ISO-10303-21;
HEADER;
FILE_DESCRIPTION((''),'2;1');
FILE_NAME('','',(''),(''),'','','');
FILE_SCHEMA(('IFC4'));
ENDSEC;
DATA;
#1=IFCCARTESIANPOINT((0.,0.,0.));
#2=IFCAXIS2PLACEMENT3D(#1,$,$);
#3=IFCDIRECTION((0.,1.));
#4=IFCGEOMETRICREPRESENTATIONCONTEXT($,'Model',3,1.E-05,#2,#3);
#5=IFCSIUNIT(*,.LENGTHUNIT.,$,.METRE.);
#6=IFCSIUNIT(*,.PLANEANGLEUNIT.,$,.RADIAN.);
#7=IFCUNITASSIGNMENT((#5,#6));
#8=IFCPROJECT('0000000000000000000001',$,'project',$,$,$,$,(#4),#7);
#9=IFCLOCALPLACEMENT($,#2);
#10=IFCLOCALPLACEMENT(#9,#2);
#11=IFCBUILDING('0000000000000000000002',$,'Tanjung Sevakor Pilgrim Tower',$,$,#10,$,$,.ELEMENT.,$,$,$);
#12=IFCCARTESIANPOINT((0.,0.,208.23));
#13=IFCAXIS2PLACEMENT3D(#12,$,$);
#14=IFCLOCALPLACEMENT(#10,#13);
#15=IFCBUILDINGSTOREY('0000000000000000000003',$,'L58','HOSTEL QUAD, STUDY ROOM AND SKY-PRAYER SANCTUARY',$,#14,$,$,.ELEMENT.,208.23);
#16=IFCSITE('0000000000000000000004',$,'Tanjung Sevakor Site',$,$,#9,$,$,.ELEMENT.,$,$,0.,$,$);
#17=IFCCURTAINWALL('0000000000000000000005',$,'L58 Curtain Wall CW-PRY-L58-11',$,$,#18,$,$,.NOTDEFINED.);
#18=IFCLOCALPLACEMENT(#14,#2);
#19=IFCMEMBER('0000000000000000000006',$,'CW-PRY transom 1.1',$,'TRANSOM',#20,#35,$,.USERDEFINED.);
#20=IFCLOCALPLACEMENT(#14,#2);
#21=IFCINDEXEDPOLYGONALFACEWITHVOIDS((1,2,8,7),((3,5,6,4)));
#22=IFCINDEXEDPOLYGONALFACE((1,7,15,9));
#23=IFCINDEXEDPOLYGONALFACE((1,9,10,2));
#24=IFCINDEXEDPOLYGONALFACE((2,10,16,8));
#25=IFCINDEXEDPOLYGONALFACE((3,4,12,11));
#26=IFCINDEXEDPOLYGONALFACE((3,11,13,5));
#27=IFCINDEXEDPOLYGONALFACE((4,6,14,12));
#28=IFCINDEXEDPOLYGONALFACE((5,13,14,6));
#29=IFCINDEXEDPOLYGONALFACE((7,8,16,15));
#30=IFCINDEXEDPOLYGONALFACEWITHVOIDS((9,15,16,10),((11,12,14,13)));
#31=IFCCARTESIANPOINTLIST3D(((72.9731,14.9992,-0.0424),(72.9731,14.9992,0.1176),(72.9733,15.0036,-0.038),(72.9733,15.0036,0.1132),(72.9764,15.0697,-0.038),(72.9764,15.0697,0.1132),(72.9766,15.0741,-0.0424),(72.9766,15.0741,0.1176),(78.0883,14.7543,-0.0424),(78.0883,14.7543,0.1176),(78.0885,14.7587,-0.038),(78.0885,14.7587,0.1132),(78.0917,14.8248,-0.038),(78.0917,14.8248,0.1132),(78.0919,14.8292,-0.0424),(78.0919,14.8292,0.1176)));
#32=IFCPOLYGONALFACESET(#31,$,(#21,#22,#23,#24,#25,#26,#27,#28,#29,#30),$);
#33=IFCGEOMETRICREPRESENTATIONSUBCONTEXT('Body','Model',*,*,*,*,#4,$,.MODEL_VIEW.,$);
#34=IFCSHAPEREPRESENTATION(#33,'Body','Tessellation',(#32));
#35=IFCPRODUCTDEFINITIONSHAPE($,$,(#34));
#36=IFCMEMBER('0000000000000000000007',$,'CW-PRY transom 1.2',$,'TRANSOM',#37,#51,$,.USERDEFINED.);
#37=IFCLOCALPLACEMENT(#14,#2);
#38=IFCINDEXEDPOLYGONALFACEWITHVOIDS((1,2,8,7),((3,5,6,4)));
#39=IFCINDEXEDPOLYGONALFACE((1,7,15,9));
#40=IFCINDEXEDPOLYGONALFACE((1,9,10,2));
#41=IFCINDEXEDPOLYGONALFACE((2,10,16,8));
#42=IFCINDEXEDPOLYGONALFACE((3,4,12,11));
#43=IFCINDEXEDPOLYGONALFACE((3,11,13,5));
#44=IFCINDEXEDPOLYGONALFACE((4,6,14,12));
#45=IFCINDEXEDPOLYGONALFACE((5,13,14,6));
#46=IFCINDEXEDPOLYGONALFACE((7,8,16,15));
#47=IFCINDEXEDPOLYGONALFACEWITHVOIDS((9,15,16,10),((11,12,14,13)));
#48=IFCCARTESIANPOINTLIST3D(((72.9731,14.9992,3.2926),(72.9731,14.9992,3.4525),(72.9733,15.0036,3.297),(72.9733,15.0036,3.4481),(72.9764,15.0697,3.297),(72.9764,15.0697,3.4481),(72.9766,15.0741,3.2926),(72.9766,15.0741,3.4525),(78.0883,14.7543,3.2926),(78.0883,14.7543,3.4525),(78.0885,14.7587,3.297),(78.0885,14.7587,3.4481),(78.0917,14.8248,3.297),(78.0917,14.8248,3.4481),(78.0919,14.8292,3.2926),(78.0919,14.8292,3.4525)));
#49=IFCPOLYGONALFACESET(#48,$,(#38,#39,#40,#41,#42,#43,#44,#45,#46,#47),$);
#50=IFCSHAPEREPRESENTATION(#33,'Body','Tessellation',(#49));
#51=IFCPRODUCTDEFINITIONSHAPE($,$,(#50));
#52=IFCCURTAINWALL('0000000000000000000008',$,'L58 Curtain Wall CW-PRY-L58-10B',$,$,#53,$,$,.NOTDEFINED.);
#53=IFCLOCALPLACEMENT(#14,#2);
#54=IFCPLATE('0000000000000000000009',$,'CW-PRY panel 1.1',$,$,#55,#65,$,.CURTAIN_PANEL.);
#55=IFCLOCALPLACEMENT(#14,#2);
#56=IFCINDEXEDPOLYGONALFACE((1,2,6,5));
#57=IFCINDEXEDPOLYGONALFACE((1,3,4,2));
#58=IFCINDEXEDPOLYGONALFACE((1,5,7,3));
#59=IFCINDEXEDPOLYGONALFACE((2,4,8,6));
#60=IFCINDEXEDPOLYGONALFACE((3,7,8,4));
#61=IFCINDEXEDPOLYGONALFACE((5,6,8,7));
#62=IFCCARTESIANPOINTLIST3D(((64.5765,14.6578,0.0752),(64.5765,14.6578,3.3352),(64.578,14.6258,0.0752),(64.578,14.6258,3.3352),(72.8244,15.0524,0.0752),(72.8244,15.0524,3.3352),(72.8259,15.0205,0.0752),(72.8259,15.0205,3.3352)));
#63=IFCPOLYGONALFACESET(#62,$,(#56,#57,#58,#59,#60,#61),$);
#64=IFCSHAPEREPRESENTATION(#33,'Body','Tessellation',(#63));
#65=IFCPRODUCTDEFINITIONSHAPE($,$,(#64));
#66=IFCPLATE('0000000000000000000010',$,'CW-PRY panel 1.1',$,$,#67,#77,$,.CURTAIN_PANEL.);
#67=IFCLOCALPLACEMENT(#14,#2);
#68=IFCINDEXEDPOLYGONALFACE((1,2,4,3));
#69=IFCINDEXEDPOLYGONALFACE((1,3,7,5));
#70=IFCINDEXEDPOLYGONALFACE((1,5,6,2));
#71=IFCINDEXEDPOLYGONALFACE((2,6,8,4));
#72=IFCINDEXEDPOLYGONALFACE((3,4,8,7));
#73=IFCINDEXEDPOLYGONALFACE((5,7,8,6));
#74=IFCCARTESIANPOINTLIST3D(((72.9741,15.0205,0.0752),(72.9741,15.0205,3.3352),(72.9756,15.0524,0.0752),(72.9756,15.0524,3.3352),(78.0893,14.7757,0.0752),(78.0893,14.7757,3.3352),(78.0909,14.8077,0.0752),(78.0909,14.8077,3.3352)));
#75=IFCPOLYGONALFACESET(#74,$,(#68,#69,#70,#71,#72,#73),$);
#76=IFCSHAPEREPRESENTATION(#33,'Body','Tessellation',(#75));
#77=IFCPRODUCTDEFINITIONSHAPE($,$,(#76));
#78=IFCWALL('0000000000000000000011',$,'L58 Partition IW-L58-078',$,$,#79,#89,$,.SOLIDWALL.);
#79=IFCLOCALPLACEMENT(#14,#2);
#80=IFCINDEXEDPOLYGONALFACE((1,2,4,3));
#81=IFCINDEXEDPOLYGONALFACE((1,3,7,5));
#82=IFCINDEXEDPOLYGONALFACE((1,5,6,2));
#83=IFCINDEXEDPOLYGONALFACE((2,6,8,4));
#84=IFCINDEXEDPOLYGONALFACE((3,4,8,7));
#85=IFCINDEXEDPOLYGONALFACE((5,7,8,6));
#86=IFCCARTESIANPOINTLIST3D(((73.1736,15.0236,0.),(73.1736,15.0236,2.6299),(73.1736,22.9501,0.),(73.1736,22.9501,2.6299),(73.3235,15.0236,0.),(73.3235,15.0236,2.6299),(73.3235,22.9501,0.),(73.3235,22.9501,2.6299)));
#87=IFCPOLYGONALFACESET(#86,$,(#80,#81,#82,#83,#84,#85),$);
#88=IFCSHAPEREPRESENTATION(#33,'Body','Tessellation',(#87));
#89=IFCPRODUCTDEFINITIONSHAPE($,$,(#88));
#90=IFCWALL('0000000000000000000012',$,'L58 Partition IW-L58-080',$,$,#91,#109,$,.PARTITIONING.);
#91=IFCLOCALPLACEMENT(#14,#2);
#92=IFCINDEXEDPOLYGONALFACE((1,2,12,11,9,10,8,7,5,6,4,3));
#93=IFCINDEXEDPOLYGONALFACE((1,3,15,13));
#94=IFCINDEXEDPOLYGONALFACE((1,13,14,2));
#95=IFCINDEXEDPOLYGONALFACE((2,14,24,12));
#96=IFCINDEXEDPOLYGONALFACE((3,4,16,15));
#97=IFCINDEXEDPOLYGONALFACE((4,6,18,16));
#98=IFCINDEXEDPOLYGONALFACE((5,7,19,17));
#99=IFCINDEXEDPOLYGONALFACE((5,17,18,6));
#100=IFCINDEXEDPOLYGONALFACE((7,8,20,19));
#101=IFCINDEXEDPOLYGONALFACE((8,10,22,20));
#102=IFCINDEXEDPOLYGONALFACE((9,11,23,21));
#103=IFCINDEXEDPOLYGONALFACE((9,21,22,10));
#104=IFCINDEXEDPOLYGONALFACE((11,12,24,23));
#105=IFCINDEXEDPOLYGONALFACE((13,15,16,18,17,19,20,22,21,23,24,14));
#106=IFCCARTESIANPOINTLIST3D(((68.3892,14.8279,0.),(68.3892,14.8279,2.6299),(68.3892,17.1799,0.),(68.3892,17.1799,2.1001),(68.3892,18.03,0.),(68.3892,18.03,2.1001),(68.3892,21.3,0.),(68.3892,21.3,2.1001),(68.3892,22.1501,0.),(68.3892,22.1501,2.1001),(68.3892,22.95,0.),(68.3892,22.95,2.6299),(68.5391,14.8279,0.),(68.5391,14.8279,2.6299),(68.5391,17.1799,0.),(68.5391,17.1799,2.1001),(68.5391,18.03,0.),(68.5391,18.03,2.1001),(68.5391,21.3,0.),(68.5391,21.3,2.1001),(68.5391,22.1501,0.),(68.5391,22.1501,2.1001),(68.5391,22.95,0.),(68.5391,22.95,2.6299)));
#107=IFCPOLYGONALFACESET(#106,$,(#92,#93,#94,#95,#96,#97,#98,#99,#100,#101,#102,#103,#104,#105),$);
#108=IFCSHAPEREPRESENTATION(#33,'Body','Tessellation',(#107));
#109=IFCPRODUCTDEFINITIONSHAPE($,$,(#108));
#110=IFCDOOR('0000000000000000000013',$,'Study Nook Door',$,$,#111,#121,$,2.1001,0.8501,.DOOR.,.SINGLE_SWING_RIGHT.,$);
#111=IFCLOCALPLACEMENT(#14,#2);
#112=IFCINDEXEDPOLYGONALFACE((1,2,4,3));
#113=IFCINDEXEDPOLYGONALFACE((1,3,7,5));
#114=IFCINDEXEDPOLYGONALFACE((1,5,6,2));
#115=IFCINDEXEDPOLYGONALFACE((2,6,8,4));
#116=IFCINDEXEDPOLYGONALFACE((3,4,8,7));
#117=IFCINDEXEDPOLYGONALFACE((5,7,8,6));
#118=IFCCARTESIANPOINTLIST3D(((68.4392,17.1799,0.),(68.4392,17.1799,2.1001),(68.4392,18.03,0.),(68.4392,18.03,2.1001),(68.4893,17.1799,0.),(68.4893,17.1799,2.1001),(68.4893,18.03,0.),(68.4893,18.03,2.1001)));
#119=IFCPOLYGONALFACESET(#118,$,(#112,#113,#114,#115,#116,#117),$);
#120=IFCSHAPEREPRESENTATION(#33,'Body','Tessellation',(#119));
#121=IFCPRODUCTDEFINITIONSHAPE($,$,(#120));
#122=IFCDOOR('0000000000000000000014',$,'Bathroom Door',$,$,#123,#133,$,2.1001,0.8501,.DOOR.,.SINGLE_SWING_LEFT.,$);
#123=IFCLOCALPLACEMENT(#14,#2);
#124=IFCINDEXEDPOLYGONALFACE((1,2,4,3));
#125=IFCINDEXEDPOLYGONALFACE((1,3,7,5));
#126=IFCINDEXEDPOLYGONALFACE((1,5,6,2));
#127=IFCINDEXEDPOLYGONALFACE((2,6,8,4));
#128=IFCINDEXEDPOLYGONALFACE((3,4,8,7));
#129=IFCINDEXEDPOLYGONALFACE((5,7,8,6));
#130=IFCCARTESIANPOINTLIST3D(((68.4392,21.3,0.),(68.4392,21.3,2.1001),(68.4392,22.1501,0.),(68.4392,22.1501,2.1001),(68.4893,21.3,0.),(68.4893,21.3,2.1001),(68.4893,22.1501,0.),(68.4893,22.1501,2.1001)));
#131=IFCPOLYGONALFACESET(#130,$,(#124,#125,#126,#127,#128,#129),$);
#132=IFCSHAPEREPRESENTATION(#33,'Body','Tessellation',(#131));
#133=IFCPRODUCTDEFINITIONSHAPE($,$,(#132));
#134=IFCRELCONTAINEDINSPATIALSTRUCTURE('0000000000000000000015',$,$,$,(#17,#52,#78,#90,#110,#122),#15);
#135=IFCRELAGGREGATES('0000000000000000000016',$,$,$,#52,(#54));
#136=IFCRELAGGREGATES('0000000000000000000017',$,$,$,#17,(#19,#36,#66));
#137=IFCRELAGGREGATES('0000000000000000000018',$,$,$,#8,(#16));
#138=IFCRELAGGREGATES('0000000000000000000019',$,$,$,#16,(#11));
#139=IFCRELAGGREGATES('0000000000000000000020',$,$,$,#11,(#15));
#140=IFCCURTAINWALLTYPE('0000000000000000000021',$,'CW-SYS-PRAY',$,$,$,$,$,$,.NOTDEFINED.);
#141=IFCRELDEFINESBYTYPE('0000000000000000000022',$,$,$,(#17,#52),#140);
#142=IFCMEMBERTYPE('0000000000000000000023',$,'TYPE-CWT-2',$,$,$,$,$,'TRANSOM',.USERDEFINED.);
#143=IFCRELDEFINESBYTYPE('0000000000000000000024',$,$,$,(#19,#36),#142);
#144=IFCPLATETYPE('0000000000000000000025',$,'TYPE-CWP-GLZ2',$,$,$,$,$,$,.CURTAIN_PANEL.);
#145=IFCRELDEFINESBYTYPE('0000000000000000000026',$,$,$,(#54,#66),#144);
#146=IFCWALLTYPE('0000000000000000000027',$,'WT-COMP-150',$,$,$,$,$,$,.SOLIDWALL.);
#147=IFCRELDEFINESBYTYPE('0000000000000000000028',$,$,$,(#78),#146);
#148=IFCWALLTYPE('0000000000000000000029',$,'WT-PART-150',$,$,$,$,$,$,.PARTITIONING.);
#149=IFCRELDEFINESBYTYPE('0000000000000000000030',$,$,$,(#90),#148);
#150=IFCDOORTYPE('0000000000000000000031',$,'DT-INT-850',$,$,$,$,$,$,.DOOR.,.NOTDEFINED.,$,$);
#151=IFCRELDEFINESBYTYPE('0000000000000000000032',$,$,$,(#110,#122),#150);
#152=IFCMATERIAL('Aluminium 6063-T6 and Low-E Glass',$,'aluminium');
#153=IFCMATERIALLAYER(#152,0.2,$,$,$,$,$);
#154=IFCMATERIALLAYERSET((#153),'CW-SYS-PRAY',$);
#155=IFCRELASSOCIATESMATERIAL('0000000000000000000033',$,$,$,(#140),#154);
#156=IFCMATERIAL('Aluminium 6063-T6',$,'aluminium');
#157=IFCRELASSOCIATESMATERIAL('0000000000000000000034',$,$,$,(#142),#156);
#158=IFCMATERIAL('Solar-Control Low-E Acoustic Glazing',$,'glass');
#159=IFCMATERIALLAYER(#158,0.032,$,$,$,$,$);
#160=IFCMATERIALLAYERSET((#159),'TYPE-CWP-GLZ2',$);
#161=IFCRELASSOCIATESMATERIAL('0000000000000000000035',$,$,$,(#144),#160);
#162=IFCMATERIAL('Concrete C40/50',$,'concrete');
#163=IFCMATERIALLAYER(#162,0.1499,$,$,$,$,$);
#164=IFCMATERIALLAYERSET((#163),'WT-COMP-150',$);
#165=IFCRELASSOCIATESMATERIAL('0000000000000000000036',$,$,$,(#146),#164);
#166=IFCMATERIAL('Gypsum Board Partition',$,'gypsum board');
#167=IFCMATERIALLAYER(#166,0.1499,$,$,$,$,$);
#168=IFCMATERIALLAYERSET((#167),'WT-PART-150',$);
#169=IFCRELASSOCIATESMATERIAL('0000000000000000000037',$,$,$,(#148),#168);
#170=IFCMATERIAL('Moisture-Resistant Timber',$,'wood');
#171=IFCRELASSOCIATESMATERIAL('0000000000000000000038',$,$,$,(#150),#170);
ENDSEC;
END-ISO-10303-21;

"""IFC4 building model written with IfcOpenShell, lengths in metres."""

from ifc_helpers import new_model, si_unit, direction, frame, frame_2d, origin, origin_2d, place, context, subcontext, project, spatial, rectangle, hollow_rectangle, extrude, material, layer, layer_set, material_profile, profile_set, type_object, element, fill, aggregate, save


model = new_model("IFC4")

# Units and contexts
model_context = context("Model", 3, precision=1e-05, world=origin(), true_north=direction((0.0, 1.0)))
body_context = subcontext(model_context, "Body", "Model", "MODEL_VIEW")
ifc_project = project(units=[si_unit("LENGTHUNIT", "METRE"), si_unit("PLANEANGLEUNIT", "RADIAN")], contexts=[model_context])

# Site, building, storey
site_placement = place(None, origin())
site = spatial("IfcSite", under=ifc_project, at=site_placement, Name="Tanjung Sevakor Site", CompositionType="ELEMENT", RefElevation=0.0)
building_placement = place(site_placement, origin())
building = spatial("IfcBuilding", under=site, at=building_placement, Name="Tanjung Sevakor Pilgrim Tower", CompositionType="ELEMENT")
storey_placement = place(building_placement, frame((0.0, 0.0, 208.23)))
storey = spatial("IfcBuildingStorey", under=building, at=storey_placement, Name="L58", Description="HOSTEL QUAD, STUDY ROOM AND SKY-PRAYER SANCTUARY", CompositionType="ELEMENT", Elevation=208.23)

# Curtain wall, members
ifc_material_1 = material(Name="Aluminium 6063-T6 and Low-E Glass", Category="aluminium")
ifc_layer_1 = layer(ifc_material_1, 0.2)
ifc_layer_set_1 = layer_set([ifc_layer_1], Name="CW-SYS-PRAY")
curtain_wall_type = type_object("IfcCurtainWallType", Name="CW-SYS-PRAY", PredefinedType="NOTDEFINED", material=ifc_layer_set_1)
curtain_wall_1_placement = place(storey_placement, origin())
curtain_wall_1 = element("IfcCurtainWall", 1, at=curtain_wall_1_placement, inside=storey, type_object=curtain_wall_type, Name="L58 Curtain Wall CW-PRY-L58-11", PredefinedType="NOTDEFINED")
ifc_material_2 = material(Name="Aluminium 6063-T6", Category="aluminium")
ifc_material_profile_1 = material_profile(ifc_material_2, hollow_rectangle(XDim=0.075, YDim=0.1599, WallThickness=0.0044, at=origin_2d()))
ifc_profile_set_1 = profile_set([ifc_material_profile_1], Name="Aluminium 6063-T6")
member_type_1 = type_object("IfcMemberType", Name="TYPE-CWT-2", ElementType="TRANSOM", PredefinedType="USERDEFINED", material=ifc_profile_set_1)
member_1_placement = place(storey_placement, frame((72.9749, 15.0366, 0.0376), z_axis=(0.998856, -0.047817, 0.0), x_axis=(0.047817, 0.998856, 0.0)))
member_1 = element("IfcMember", 2, at=member_1_placement, type_object=member_type_1, Name="CW-PRY transom 1.1", ObjectType="TRANSOM", PredefinedType="USERDEFINED", context=body_context, shape_type="SweptSolid", body=[
    extrude(hollow_rectangle(XDim=0.075, YDim=0.1599, WallThickness=0.0044, at=origin_2d()), origin(), (0.0, 0.0, 1.0), 5.1211),
])
member_2_placement = place(storey_placement, frame((72.9749, 15.0366, 3.3726), z_axis=(0.998856, -0.047817, 0.0), x_axis=(0.047817, 0.998856, 0.0)))
member_2 = element("IfcMember", 3, at=member_2_placement, type_object=member_type_1, Name="CW-PRY transom 1.2", ObjectType="TRANSOM", PredefinedType="USERDEFINED", context=body_context, shape_type="SweptSolid", body=[
    extrude(hollow_rectangle(XDim=0.075, YDim=0.1599, WallThickness=0.0044, at=origin_2d()), origin(), (0.0, 0.0, 1.0), 5.1211),
])

# Curtain wall, plate
curtain_wall_2_placement = place(storey_placement, origin())
curtain_wall_2 = element("IfcCurtainWall", 4, at=curtain_wall_2_placement, inside=storey, type_object=curtain_wall_type, Name="L58 Curtain Wall CW-PRY-L58-10B", PredefinedType="NOTDEFINED")
ifc_material_3 = material(Name="Solar-Control Low-E Acoustic Glazing", Category="glass")
ifc_layer_2 = layer(ifc_material_3, 0.032)
ifc_layer_set_2 = layer_set([ifc_layer_2], Name="TYPE-CWP-GLZ2")
plate_type = type_object("IfcPlateType", Name="TYPE-CWP-GLZ2", PredefinedType="CURTAIN_PANEL", material=ifc_layer_set_2)
plate_1_placement = place(storey_placement, frame((68.7012, 14.8391, 0.0752), z_axis=(0.0, 0.0, 1.0), x_axis=(0.998857, 0.047792, 0.0)))
plate_1 = element("IfcPlate", 5, at=plate_1_placement, type_object=plate_type, Name="CW-PRY panel 1.1", PredefinedType="CURTAIN_PANEL", context=body_context, shape_type="SweptSolid", body=[
    extrude(rectangle(XDim=8.2573, YDim=0.032, at=origin_2d()), origin(), (0.0, 0.0, 1.0), 3.26),
])
aggregate(curtain_wall_2, [plate_1])

# Plate
plate_2_placement = place(storey_placement, frame((75.5325, 14.9141, 0.0752), z_axis=(0.0, 0.0, 1.0), x_axis=(0.998858, -0.047787, 0.0)))
plate_2 = element("IfcPlate", 6, at=plate_2_placement, type_object=plate_type, Name="CW-PRY panel 1.1", PredefinedType="CURTAIN_PANEL", context=body_context, shape_type="SweptSolid", body=[
    extrude(rectangle(XDim=5.1211, YDim=0.032, at=origin_2d()), origin(), (0.0, 0.0, 1.0), 3.26),
])
aggregate(curtain_wall_1, [member_1, member_2, plate_2])

# Wall
ifc_material_4 = material(Name="Concrete C40/50", Category="concrete")
ifc_layer_3 = layer(ifc_material_4, 0.1499)
ifc_layer_set_3 = layer_set([ifc_layer_3], Name="WT-COMP-150")
wall_type_1 = type_object("IfcWallType", Name="WT-COMP-150", PredefinedType="SOLIDWALL", material=ifc_layer_set_3)
wall_1_placement = place(storey_placement, frame((73.2485, 15.0234, 0.0), z_axis=(0.0, 0.0, 1.0), x_axis=(0.0, 1.0, 0.0)))
element("IfcWall", 7, at=wall_1_placement, inside=storey, type_object=wall_type_1, Name="L58 Partition IW-L58-078", PredefinedType="SOLIDWALL", context=body_context, shape_type="SweptSolid", body=[
    extrude(rectangle(XDim=7.9265, YDim=0.1499, at=frame_2d((3.9634, 0.0))), origin(), (0.0, 0.0, 1.0), 2.6299),
])

# Wall, openings, doors
ifc_material_5 = material(Name="Gypsum Board Partition", Category="gypsum board")
ifc_layer_4 = layer(ifc_material_5, 0.1499)
ifc_layer_set_4 = layer_set([ifc_layer_4], Name="WT-PART-150")
wall_type_2 = type_object("IfcWallType", Name="WT-PART-150", PredefinedType="PARTITIONING", material=ifc_layer_set_4)
wall_2_placement = place(storey_placement, frame((68.4641, 14.8279, 0.0), z_axis=(0.0, 0.0, 1.0), x_axis=(0.0, 1.0, 0.0)))
wall_2 = element("IfcWall", 8, at=wall_2_placement, inside=storey, type_object=wall_type_2, Name="L58 Partition IW-L58-080", PredefinedType="PARTITIONING", context=body_context, shape_type="SweptSolid", body=[
    extrude(rectangle(XDim=8.1221, YDim=0.1499, at=frame_2d((4.061, 0.0))), origin(), (0.0, 0.0, 1.0), 2.6299),
])
opening_1_placement = place(wall_2_placement, frame((2.3521, 0.0, 0.0)))
opening_1 = element("IfcOpeningElement", 9, at=opening_1_placement, cuts=wall_2, PredefinedType="OPENING", context=body_context, shape_type="SweptSolid", body=[
    extrude(rectangle(XDim=0.8501, YDim=2.1001, at=frame_2d((0.425, 1.05))), frame((0.0, 0.085, 0.0), z_axis=(0.0, -1.0, 0.0), x_axis=(1.0, 0.0, 0.0)), (0.0, 0.0, 1.0), 0.1699),
])
opening_2_placement = place(wall_2_placement, frame((6.4722, 0.0, 0.0)))
opening_2 = element("IfcOpeningElement", 10, at=opening_2_placement, cuts=wall_2, PredefinedType="OPENING", context=body_context, shape_type="SweptSolid", body=[
    extrude(rectangle(XDim=0.8501, YDim=2.1001, at=frame_2d((0.425, 1.05))), frame((0.0, 0.085, 0.0), z_axis=(0.0, -1.0, 0.0), x_axis=(1.0, 0.0, 0.0)), (0.0, 0.0, 1.0), 0.1699),
])
ifc_material_6 = material(Name="Moisture-Resistant Timber", Category="wood")
door_type = type_object("IfcDoorType", Name="DT-INT-850", OperationType="NOTDEFINED", PredefinedType="DOOR", material=ifc_material_6)
door_1_placement = place(opening_1_placement, origin())
door_1 = element("IfcDoor", 11, at=door_1_placement, inside=storey, type_object=door_type, Name="Study Nook Door", OperationType="SINGLE_SWING_RIGHT", OverallHeight=2.1001, OverallWidth=0.8501, PredefinedType="DOOR", context=body_context, shape_type="SweptSolid", body=[
    extrude(rectangle(XDim=0.8501, YDim=2.1001, at=frame_2d((0.425, 1.05))), frame((0.0, 0.0249, 0.0), z_axis=(0.0, -1.0, 0.0), x_axis=(1.0, 0.0, 0.0)), (0.0, 0.0, 1.0), 0.05),
])
fill(opening_1, door_1)
door_2_placement = place(opening_2_placement, origin())
door_2 = element("IfcDoor", 12, at=door_2_placement, inside=storey, type_object=door_type, Name="Bathroom Door", OperationType="SINGLE_SWING_LEFT", OverallHeight=2.1001, OverallWidth=0.8501, PredefinedType="DOOR", context=body_context, shape_type="SweptSolid", body=[
    extrude(rectangle(XDim=0.8501, YDim=2.1001, at=frame_2d((0.425, 1.05))), frame((0.0, 0.0249, 0.0), z_axis=(0.0, -1.0, 0.0), x_axis=(1.0, 0.0, 0.0)), (0.0, 0.0, 1.0), 0.05),
])
fill(opening_2, door_2)

save(model, "model.ifc")
